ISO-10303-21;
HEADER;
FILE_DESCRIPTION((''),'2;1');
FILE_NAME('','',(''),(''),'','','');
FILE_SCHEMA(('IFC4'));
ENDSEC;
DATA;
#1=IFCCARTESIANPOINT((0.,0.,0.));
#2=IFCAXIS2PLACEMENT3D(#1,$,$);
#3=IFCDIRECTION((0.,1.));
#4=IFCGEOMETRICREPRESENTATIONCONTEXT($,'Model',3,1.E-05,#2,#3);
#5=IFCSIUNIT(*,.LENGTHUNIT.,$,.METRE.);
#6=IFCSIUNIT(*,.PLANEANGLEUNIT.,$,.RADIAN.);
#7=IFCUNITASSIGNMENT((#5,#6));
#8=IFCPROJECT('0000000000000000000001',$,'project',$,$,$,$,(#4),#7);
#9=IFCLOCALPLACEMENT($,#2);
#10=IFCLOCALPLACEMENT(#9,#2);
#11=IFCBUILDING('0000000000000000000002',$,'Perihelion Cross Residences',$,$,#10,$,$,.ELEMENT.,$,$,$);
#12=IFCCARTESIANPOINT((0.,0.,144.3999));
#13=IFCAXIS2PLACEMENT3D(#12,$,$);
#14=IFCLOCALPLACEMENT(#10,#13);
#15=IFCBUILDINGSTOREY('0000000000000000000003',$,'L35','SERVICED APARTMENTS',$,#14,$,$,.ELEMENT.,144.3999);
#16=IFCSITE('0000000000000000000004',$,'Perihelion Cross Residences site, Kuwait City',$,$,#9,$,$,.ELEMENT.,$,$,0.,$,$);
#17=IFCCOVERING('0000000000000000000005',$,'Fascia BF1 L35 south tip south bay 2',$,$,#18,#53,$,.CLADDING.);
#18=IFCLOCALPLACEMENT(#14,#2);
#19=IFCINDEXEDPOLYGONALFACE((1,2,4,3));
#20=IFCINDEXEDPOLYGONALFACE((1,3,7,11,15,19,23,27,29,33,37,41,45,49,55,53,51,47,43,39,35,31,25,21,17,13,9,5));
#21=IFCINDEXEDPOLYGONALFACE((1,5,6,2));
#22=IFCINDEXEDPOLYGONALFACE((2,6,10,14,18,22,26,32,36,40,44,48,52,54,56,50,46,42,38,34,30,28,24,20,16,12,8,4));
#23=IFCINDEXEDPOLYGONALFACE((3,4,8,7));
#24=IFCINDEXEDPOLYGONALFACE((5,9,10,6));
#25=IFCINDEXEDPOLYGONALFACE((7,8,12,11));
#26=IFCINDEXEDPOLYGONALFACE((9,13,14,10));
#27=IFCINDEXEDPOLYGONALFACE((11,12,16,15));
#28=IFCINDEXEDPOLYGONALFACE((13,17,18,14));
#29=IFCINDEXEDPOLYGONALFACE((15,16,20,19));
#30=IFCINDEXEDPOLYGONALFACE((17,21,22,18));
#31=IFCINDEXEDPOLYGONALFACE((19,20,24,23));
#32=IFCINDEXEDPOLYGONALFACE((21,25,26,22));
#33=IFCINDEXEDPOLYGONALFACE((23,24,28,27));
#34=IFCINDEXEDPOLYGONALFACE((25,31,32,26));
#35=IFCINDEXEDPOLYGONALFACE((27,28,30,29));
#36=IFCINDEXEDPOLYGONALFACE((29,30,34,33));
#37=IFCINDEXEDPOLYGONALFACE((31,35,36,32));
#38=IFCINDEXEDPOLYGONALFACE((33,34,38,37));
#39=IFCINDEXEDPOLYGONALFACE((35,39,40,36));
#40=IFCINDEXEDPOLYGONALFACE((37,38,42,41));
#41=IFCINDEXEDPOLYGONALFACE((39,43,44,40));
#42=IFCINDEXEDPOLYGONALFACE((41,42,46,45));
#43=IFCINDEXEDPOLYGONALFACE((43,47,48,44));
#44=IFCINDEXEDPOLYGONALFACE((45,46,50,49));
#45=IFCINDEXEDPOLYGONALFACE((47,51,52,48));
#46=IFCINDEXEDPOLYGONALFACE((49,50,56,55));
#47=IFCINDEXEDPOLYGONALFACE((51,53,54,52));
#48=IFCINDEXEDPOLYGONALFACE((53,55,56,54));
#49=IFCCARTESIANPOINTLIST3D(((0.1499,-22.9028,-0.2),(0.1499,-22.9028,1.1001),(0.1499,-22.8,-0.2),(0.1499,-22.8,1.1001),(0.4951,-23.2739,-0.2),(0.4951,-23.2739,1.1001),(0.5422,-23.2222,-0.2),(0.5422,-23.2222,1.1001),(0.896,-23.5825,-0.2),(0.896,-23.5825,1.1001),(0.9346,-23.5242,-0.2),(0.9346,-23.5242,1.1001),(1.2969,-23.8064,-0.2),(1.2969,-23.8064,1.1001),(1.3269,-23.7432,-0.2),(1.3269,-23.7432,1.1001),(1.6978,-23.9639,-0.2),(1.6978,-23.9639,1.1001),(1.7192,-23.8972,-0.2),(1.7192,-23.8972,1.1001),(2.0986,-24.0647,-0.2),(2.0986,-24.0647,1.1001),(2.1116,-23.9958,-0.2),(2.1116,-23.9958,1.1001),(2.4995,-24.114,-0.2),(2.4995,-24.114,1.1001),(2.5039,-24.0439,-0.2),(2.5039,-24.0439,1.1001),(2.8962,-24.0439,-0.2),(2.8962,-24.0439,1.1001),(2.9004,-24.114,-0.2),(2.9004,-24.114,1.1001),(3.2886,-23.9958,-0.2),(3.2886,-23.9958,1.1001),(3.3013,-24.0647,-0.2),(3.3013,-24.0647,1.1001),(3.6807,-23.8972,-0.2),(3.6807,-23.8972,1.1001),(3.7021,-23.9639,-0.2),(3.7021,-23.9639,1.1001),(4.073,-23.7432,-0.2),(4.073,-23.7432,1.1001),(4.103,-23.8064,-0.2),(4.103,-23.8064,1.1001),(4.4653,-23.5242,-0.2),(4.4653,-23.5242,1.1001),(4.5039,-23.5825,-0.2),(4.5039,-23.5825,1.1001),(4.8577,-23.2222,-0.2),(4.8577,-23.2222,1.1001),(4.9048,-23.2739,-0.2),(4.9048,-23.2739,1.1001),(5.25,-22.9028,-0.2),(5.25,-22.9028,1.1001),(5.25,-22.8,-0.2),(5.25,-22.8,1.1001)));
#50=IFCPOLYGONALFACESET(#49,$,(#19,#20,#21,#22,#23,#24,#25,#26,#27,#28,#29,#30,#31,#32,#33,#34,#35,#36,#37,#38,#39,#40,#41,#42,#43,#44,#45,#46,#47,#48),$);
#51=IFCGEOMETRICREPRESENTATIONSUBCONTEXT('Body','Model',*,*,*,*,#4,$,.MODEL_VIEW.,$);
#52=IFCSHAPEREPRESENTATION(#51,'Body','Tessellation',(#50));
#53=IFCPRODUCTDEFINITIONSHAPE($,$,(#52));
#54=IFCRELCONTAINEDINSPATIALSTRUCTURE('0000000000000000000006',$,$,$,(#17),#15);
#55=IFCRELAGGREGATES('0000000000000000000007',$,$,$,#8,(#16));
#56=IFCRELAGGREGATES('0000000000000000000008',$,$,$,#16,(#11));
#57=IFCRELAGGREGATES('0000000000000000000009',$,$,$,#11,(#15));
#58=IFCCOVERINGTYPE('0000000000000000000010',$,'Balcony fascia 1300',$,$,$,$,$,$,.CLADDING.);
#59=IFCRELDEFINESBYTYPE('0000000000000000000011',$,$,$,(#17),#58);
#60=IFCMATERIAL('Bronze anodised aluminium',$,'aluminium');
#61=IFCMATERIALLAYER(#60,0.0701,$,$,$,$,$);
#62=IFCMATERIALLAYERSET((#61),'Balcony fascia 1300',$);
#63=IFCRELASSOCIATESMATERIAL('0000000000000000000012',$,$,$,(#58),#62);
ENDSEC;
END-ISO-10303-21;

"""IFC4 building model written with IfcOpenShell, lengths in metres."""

from ifc_helpers import new_model, si_unit, direction, frame, origin, place, context, subcontext, project, spatial, polyline, outline, extrude, material, layer, layer_set, type_object, element, save


model = new_model("IFC4")

# Units and contexts
model_context = context("Model", 3, precision=1e-05, world=origin(), true_north=direction((0.0, 1.0)))
body_context = subcontext(model_context, "Body", "Model", "MODEL_VIEW")
ifc_project = project(units=[si_unit("LENGTHUNIT", "METRE"), si_unit("PLANEANGLEUNIT", "RADIAN")], contexts=[model_context])

# Site, building, storey
site_placement = place(None, origin())
site = spatial("IfcSite", under=ifc_project, at=site_placement, Name="Perihelion Cross Residences site, Kuwait City", CompositionType="ELEMENT", RefElevation=0.0)
building_placement = place(site_placement, origin())
building = spatial("IfcBuilding", under=site, at=building_placement, Name="Perihelion Cross Residences", CompositionType="ELEMENT")
storey_placement = place(building_placement, frame((0.0, 0.0, 144.3999)))
storey = spatial("IfcBuildingStorey", under=building, at=storey_placement, Name="L35", Description="SERVICED APARTMENTS", CompositionType="ELEMENT", Elevation=144.3999)

# Covering
ifc_material_1 = material(Name="Bronze anodised aluminium", Category="aluminium")
ifc_layer_1 = layer(ifc_material_1, 0.0701)
ifc_layer_set_1 = layer_set([ifc_layer_1], Name="Balcony fascia 1300")
covering_type = type_object("IfcCoveringType", Name="Balcony fascia 1300", PredefinedType="CLADDING", material=ifc_layer_set_1)
covering_1_placement = place(storey_placement, frame((0.0, 0.0, -0.2)))
element("IfcCovering", 1, at=covering_1_placement, inside=storey, type_object=covering_type, Name="Fascia BF1 L35 south tip south bay 2", PredefinedType="CLADDING", context=body_context, shape_type="SweptSolid", body=[
    extrude(outline(polyline([(0.4951, -23.2739), (0.896, -23.5825), (1.2969, -23.8064), (1.6978, -23.9639), (2.0986, -24.0647), (2.4995, -24.114), (2.9004, -24.114), (3.3013, -24.0647), (3.7021, -23.9639), (4.103, -23.8064), (4.5039, -23.5825), (4.9048, -23.2739), (5.25, -22.9028), (5.25, -22.8), (4.8577, -23.2222), (4.4653, -23.5242), (4.073, -23.7432), (3.6807, -23.8972), (3.2886, -23.9958), (2.8962, -24.0439), (2.5039, -24.0439), (2.1116, -23.9958), (1.7192, -23.8972), (1.3269, -23.7432), (0.9346, -23.5242), (0.5422, -23.2222), (0.1499, -22.8), (0.1499, -22.9028), (0.4951, -23.2739)])), origin(), (0.0, 0.0, 1.0), 1.3),
])

save(model, "model.ifc")
